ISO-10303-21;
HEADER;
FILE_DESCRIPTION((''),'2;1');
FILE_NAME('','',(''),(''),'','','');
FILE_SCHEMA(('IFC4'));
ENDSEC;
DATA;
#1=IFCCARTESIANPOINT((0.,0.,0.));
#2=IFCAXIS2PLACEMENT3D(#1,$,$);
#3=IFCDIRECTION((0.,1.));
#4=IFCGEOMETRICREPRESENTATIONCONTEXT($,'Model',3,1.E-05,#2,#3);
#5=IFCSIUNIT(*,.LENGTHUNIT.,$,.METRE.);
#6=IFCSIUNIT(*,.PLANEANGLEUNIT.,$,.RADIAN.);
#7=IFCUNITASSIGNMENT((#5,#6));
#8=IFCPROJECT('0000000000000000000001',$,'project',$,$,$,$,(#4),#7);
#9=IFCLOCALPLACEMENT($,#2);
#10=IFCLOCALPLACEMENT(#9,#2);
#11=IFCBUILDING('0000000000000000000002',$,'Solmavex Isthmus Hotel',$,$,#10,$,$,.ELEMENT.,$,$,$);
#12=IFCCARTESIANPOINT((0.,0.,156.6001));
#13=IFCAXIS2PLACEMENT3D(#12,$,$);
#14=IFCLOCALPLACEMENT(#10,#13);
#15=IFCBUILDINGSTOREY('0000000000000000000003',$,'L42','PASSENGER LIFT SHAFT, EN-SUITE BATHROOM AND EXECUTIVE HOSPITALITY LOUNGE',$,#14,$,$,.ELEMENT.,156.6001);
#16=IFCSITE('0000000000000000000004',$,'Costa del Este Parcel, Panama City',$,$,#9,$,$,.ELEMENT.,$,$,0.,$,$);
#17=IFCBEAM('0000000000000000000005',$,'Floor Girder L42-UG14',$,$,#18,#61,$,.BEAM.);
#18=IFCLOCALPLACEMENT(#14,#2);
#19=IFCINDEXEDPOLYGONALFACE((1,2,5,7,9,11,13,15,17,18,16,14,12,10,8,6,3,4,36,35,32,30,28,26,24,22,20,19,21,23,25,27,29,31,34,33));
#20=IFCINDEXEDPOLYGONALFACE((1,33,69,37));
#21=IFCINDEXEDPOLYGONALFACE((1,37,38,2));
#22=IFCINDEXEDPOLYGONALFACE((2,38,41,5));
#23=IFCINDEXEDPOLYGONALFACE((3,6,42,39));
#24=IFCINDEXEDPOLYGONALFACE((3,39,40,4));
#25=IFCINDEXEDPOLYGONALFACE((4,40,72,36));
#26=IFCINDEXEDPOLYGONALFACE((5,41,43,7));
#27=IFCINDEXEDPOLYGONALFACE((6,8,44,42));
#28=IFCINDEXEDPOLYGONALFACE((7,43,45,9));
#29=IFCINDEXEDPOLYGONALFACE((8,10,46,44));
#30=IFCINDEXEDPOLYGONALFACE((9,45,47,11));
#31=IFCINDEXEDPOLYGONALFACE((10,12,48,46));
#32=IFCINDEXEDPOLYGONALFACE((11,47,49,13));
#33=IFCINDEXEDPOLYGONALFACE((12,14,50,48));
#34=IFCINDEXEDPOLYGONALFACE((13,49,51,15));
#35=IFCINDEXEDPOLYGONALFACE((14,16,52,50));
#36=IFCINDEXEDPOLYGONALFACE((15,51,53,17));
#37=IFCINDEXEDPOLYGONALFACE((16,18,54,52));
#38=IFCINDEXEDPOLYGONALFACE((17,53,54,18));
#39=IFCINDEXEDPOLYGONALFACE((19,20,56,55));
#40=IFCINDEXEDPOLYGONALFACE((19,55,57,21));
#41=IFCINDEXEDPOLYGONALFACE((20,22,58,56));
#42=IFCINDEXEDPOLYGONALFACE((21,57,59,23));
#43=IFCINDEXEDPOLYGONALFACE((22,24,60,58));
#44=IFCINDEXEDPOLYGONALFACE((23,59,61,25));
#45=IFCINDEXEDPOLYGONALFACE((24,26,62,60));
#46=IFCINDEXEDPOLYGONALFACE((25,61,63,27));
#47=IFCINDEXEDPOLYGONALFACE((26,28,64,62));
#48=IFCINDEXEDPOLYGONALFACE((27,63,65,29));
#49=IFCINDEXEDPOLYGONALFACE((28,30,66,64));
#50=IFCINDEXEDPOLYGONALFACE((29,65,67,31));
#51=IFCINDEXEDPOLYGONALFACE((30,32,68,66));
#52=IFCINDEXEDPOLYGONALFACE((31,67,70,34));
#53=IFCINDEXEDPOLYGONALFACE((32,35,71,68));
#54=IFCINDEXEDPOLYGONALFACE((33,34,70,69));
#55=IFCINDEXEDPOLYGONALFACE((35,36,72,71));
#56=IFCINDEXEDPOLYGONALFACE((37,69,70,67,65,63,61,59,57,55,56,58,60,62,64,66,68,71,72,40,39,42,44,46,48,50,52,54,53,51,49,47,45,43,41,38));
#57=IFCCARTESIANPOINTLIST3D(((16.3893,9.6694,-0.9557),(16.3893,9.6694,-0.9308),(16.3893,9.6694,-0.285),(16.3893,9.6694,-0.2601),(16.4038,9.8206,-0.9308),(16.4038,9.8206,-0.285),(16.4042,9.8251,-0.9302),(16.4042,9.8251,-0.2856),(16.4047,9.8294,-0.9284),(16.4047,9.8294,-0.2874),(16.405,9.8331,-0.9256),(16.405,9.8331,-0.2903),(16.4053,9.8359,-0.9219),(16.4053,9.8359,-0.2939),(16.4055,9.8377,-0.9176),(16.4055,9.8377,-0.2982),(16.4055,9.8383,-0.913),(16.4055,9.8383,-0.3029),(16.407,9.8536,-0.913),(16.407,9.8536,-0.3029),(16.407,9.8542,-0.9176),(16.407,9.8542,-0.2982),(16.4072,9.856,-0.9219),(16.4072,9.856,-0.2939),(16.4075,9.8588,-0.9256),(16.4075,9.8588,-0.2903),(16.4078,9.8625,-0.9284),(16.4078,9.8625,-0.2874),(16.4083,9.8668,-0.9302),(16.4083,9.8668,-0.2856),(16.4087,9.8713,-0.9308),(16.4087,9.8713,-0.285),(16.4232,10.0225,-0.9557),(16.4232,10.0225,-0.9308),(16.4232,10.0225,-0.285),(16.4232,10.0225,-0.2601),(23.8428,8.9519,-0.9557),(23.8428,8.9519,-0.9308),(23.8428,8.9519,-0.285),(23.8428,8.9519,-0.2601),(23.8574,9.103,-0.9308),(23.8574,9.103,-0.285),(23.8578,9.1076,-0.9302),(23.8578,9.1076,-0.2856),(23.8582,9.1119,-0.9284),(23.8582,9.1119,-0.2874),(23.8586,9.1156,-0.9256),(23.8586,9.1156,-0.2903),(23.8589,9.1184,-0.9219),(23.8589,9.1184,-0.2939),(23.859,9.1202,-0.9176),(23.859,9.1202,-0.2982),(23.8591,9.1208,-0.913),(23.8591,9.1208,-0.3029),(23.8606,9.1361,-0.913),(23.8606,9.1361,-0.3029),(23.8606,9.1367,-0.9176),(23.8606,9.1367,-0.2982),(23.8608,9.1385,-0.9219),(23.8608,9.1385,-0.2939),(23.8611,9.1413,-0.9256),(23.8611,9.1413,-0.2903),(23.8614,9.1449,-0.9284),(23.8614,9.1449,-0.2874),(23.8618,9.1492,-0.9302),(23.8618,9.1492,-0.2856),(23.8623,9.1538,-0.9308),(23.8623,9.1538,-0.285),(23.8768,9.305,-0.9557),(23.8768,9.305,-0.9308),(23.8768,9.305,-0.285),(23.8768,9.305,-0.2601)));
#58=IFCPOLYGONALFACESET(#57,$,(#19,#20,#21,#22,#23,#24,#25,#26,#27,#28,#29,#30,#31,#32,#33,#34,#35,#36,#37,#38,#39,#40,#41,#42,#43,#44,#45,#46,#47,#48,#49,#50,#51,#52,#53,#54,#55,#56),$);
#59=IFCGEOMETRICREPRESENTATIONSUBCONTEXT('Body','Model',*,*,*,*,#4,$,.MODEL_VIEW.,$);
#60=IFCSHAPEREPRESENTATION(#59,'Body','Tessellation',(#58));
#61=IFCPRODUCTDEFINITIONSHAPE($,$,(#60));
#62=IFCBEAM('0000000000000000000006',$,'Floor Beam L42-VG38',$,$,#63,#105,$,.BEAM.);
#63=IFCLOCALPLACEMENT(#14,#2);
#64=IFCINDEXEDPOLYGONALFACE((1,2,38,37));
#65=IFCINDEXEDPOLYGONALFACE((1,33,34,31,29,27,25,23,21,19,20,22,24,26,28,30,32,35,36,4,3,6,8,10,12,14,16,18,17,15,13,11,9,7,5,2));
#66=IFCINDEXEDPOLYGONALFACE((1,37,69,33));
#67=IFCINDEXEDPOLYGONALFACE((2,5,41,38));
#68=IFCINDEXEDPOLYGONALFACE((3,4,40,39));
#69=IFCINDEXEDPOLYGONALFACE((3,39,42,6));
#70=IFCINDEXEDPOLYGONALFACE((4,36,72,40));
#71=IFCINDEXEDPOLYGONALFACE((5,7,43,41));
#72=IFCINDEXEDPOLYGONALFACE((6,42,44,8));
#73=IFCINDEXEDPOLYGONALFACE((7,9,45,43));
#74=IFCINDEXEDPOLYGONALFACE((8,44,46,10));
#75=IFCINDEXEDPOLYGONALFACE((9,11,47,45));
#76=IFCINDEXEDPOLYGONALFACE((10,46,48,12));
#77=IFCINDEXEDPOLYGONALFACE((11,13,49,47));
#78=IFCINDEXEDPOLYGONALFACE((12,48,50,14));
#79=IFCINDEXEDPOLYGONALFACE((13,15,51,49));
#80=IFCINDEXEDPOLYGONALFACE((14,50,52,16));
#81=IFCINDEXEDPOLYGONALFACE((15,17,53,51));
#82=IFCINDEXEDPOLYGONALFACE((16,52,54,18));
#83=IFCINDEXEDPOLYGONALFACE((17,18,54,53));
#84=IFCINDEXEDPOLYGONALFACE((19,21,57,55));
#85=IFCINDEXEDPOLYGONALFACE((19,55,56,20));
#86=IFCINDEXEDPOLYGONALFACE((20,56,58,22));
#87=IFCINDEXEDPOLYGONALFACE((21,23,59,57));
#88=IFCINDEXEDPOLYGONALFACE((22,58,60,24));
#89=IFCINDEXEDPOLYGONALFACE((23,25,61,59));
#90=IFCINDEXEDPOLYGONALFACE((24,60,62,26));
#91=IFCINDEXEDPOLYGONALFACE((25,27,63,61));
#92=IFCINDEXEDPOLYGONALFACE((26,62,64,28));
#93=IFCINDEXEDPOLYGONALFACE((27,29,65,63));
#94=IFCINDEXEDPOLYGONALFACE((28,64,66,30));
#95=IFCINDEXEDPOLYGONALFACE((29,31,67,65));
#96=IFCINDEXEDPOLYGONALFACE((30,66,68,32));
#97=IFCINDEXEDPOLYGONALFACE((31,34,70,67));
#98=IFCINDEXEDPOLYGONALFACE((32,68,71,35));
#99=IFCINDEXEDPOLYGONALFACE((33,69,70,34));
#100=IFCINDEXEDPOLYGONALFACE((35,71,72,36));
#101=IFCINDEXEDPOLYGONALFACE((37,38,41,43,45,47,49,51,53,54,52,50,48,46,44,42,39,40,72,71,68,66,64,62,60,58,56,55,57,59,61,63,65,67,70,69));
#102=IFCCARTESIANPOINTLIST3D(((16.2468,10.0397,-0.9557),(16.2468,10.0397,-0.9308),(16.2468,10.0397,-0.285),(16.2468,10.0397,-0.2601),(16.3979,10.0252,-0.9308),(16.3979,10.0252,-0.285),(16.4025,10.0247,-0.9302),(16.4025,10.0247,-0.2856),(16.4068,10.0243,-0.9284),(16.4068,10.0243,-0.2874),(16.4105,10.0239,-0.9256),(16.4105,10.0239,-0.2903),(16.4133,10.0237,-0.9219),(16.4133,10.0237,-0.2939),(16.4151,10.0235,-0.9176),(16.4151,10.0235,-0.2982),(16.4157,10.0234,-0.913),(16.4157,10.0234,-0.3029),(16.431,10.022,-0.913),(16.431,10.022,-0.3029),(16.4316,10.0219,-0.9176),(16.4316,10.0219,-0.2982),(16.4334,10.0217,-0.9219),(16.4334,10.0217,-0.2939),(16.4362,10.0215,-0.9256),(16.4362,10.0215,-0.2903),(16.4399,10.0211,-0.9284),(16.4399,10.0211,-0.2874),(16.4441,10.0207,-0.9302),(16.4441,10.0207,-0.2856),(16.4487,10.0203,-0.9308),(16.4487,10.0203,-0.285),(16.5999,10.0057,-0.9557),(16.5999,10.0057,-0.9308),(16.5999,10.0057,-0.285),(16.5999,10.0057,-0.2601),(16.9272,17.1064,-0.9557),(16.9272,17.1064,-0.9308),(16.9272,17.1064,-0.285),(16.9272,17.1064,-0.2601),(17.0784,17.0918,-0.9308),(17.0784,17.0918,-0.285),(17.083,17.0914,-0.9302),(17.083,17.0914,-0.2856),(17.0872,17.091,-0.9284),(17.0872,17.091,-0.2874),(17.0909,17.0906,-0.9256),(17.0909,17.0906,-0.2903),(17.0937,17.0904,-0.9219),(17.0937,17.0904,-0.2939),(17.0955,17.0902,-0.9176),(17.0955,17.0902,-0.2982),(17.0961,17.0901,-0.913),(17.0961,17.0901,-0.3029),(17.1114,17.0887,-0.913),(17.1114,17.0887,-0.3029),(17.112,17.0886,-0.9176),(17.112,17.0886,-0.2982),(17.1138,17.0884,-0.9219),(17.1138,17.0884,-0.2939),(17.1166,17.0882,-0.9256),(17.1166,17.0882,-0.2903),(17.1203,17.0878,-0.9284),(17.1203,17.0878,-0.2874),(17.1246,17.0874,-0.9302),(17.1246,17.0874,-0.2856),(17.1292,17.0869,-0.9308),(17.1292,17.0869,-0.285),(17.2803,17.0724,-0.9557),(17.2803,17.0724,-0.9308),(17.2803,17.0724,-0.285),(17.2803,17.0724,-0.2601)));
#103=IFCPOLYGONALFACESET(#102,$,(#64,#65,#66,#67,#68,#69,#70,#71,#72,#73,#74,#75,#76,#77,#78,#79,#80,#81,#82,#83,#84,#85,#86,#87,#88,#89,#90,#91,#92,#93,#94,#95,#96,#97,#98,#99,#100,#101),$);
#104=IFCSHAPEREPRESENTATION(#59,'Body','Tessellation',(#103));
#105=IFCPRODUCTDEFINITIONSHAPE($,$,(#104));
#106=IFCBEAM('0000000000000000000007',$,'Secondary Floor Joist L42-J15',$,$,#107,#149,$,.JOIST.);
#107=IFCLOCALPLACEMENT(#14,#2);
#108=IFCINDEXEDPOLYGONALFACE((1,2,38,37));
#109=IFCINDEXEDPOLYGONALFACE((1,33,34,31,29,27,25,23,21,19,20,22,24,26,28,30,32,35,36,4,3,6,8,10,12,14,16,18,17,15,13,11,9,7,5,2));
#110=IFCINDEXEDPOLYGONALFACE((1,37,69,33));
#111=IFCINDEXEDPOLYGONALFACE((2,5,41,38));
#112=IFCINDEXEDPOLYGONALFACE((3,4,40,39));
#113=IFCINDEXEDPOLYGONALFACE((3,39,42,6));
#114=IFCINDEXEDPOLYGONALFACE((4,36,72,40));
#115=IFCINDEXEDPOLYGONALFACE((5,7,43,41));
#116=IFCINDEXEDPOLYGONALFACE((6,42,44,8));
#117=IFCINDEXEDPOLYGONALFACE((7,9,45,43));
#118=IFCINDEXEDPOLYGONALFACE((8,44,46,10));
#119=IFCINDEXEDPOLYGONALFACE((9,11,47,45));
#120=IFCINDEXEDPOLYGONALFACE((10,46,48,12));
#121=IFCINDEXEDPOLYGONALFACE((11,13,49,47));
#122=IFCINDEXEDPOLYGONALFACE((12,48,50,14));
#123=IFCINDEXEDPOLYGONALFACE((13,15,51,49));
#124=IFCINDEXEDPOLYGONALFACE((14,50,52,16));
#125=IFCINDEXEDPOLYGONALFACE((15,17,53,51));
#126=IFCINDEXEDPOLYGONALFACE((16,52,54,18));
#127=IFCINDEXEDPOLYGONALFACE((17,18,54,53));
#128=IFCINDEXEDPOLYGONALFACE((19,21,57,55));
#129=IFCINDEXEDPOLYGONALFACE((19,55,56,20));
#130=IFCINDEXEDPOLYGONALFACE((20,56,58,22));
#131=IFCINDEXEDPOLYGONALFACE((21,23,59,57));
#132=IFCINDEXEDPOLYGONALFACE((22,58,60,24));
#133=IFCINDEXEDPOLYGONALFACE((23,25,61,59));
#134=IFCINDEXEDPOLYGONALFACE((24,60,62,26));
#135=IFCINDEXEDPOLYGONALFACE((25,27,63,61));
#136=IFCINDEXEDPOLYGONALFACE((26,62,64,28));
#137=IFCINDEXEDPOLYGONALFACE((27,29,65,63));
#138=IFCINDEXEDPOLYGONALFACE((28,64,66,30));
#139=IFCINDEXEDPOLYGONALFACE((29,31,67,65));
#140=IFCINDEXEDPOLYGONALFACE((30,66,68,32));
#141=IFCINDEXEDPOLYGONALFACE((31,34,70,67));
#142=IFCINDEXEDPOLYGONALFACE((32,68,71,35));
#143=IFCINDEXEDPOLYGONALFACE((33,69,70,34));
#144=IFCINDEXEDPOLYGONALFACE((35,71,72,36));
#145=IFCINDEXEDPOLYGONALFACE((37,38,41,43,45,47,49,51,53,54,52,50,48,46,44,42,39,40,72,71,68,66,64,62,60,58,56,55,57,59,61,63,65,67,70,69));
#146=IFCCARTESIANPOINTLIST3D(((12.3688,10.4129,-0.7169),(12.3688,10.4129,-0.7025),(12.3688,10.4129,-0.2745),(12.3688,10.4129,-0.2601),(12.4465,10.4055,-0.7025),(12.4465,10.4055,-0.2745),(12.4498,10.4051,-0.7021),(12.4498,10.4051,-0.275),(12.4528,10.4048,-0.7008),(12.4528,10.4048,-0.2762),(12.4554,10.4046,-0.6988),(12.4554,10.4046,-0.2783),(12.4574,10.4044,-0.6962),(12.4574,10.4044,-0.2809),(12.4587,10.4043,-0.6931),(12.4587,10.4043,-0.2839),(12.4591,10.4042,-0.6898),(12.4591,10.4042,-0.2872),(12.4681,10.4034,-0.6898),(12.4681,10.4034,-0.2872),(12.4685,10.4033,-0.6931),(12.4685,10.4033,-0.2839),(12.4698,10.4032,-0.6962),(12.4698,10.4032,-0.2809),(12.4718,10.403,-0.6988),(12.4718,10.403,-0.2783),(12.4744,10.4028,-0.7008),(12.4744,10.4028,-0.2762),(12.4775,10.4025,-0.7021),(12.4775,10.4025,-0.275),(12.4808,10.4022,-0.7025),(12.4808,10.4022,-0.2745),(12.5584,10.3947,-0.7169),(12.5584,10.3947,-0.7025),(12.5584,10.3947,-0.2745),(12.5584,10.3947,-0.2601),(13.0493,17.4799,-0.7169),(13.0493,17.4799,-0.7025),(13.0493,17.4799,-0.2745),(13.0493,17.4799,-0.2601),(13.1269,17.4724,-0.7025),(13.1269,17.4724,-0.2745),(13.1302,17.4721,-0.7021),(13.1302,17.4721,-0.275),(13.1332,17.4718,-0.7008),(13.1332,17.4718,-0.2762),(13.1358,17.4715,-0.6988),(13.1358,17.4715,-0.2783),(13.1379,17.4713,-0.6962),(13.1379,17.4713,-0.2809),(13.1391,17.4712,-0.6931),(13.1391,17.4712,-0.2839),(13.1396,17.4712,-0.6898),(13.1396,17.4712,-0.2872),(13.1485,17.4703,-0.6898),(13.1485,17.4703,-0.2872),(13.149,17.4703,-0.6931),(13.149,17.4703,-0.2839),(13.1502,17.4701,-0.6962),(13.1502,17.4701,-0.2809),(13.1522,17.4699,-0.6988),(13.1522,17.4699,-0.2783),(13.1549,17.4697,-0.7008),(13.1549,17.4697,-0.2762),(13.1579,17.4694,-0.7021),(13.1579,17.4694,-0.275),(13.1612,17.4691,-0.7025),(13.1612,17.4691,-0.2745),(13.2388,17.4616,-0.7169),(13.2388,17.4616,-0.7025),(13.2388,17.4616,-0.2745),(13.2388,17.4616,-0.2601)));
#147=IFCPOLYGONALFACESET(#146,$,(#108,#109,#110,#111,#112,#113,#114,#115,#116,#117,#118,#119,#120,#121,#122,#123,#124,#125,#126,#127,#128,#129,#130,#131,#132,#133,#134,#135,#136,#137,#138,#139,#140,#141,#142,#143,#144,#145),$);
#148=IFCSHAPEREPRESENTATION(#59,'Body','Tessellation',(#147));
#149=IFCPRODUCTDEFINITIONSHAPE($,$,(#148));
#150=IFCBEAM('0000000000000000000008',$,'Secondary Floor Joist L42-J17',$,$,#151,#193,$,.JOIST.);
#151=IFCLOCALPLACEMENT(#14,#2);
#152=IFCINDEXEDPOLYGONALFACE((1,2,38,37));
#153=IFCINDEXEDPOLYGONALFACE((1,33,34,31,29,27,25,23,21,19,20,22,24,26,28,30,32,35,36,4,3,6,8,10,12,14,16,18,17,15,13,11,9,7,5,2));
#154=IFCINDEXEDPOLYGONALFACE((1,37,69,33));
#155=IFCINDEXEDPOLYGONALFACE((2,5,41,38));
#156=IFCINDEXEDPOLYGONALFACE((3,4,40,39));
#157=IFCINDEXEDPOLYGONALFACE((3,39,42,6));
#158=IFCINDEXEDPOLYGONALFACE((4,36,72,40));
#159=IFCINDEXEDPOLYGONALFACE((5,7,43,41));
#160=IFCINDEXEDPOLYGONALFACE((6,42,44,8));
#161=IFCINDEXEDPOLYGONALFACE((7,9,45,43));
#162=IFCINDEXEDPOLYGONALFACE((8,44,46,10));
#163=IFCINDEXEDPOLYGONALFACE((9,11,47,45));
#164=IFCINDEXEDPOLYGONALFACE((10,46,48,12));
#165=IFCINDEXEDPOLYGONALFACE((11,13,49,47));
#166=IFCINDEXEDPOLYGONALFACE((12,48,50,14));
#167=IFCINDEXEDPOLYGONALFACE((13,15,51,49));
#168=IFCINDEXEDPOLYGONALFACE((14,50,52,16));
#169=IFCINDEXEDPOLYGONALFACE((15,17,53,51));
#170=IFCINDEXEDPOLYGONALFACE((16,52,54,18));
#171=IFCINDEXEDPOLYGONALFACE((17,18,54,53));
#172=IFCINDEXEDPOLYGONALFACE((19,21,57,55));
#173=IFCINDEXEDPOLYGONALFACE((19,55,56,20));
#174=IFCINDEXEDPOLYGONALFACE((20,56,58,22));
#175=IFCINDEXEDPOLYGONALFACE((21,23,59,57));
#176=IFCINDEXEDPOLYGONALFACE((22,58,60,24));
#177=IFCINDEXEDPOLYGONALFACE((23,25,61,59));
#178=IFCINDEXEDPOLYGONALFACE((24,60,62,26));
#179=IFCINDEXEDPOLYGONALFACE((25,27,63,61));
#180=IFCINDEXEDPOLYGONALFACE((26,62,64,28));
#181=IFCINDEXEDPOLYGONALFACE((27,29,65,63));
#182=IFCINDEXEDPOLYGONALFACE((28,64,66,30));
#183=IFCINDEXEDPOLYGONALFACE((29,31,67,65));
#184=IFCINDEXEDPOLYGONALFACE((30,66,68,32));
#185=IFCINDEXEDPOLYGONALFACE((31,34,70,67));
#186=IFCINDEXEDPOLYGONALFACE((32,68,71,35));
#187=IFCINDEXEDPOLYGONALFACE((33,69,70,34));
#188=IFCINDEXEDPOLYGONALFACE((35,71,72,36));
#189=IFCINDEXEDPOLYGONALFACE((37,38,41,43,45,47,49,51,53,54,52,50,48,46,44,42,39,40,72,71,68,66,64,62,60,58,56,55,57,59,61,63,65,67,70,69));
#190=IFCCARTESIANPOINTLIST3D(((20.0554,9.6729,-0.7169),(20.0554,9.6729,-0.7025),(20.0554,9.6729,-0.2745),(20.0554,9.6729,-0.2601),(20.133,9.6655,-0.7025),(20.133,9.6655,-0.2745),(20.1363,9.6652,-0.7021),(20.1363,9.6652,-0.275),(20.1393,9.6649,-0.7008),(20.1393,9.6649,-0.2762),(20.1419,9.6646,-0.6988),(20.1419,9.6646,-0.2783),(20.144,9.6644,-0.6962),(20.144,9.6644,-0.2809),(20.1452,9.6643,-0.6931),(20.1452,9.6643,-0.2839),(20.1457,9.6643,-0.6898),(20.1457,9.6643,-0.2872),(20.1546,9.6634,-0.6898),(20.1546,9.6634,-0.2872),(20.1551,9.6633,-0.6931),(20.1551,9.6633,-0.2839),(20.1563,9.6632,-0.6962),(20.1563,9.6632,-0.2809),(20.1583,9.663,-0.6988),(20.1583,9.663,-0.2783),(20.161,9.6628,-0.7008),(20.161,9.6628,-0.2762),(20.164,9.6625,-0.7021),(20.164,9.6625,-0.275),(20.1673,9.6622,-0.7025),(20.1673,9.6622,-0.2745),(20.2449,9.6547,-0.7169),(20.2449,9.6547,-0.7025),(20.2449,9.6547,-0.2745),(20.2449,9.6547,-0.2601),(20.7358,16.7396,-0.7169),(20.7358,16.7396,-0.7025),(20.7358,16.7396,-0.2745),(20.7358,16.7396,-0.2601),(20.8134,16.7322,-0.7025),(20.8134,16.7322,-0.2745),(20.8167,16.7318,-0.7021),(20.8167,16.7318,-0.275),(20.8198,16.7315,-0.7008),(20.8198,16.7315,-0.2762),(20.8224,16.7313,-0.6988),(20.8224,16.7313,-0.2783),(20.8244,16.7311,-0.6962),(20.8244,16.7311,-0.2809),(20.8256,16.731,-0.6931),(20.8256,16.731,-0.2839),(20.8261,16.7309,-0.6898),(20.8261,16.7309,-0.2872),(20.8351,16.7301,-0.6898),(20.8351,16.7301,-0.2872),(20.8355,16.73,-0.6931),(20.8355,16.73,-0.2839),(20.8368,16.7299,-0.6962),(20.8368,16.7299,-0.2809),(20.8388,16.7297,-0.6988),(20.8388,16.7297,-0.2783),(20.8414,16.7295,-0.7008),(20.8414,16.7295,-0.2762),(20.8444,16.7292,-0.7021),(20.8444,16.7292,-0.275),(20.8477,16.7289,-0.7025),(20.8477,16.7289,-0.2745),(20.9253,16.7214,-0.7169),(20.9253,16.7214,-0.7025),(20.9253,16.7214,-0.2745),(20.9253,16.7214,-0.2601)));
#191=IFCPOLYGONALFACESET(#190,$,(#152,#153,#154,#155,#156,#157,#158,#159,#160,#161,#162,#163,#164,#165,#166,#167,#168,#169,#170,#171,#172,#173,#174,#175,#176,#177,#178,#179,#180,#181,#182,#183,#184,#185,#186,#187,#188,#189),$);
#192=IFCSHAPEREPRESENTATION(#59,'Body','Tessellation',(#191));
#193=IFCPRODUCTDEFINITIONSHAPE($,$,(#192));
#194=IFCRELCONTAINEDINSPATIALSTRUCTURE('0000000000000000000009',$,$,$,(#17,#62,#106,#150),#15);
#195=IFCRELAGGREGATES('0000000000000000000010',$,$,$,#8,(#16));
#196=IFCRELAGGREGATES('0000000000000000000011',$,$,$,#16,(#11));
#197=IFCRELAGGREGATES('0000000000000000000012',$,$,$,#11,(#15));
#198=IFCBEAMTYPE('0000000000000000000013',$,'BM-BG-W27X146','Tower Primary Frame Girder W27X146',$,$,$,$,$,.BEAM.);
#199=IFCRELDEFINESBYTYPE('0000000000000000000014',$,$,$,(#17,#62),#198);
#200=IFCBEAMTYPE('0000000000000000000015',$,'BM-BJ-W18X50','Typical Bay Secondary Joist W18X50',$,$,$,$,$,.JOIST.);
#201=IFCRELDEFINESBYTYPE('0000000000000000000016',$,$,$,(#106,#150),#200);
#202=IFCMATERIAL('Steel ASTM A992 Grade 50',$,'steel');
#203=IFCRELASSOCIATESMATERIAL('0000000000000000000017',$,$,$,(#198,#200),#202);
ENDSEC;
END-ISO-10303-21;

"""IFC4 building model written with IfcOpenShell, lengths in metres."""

from ifc_helpers import new_model, si_unit, direction, frame, origin, origin_2d, place, context, subcontext, project, spatial, i_section, extrude, material, material_profile, profile_set, type_object, element, save


model = new_model("IFC4")

# Units and contexts
model_context = context("Model", 3, precision=1e-05, world=origin(), true_north=direction((0.0, 1.0)))
body_context = subcontext(model_context, "Body", "Model", "MODEL_VIEW")
ifc_project = project(units=[si_unit("LENGTHUNIT", "METRE"), si_unit("PLANEANGLEUNIT", "RADIAN")], contexts=[model_context])

# Site, building, storey
site_placement = place(None, origin())
site = spatial("IfcSite", under=ifc_project, at=site_placement, Name="Costa del Este Parcel, Panama City", CompositionType="ELEMENT", RefElevation=0.0)
building_placement = place(site_placement, origin())
building = spatial("IfcBuilding", under=site, at=building_placement, Name="Solmavex Isthmus Hotel", CompositionType="ELEMENT")
storey_placement = place(building_placement, frame((0.0, 0.0, 156.6001)))
storey = spatial("IfcBuildingStorey", under=building, at=storey_placement, Name="L42", Description="PASSENGER LIFT SHAFT, EN-SUITE BATHROOM AND EXECUTIVE HOSPITALITY LOUNGE", CompositionType="ELEMENT", Elevation=156.6001)

# Beams
ifc_material_1 = material(Name="Steel ASTM A992 Grade 50", Category="steel")
ifc_material_profile_1 = material_profile(ifc_material_1, i_section(OverallWidth=0.3547, OverallDepth=0.6956, WebThickness=0.0154, FlangeThickness=0.0249, FilletRadius=0.0178, at=origin_2d()), Name="W27X146")
ifc_profile_set_1 = profile_set([ifc_material_profile_1], Name="Steel ASTM A992 Grade 50")
beam_type_1 = type_object("IfcBeamType", Name="BM-BG-W27X146", Description="Tower Primary Frame Girder W27X146", PredefinedType="BEAM", material=ifc_profile_set_1)
beam_1_placement = place(storey_placement, frame((16.4062, 9.8459, -0.6079), z_axis=(0.995398, -0.095823, 0.0), x_axis=(0.095823, 0.995398, 0.0)))
element("IfcBeam", 1, at=beam_1_placement, inside=storey, type_object=beam_type_1, Name="Floor Girder L42-UG14", PredefinedType="BEAM", context=body_context, shape_type="SweptSolid", body=[
    extrude(i_section(OverallWidth=0.3547, OverallDepth=0.6956, WebThickness=0.0154, FlangeThickness=0.0249, FilletRadius=0.0178, at=origin_2d()), origin(), (0.0, 0.0, 1.0), 7.488),
])
beam_2_placement = place(storey_placement, frame((16.4233, 10.0227, -0.6079), z_axis=(0.095843, 0.995396, 0.0), x_axis=(-0.995396, 0.095843, 0.0)))
element("IfcBeam", 2, at=beam_2_placement, inside=storey, type_object=beam_type_1, Name="Floor Beam L42-VG38", PredefinedType="BEAM", context=body_context, shape_type="SweptSolid", body=[
    extrude(i_section(OverallWidth=0.3547, OverallDepth=0.6956, WebThickness=0.0154, FlangeThickness=0.0249, FilletRadius=0.0178, at=origin_2d()), origin(), (0.0, 0.0, 1.0), 7.0994),
])
ifc_material_profile_2 = material_profile(ifc_material_1, i_section(OverallWidth=0.1904, OverallDepth=0.4568, WebThickness=0.009, FlangeThickness=0.0144, FilletRadius=0.0127, at=origin_2d()), Name="W18X50")
ifc_profile_set_2 = profile_set([ifc_material_profile_2], Name="Steel ASTM A992 Grade 50")
beam_type_2 = type_object("IfcBeamType", Name="BM-BJ-W18X50", Description="Typical Bay Secondary Joist W18X50", PredefinedType="JOIST", material=ifc_profile_set_2)
beam_3_placement = place(storey_placement, frame((12.4636, 10.4038, -0.4885), z_axis=(0.09584, 0.995397, 0.0), x_axis=(-0.995397, 0.09584, 0.0)))
element("IfcBeam", 3, at=beam_3_placement, inside=storey, type_object=beam_type_2, Name="Secondary Floor Joist L42-J15", PredefinedType="JOIST", context=body_context, shape_type="SweptSolid", body=[
    extrude(i_section(OverallWidth=0.1904, OverallDepth=0.4568, WebThickness=0.009, FlangeThickness=0.0144, FilletRadius=0.0127, at=origin_2d()), origin(), (0.0, 0.0, 1.0), 7.0996),
])
beam_4_placement = place(storey_placement, frame((20.1501, 9.6638, -0.4885), z_axis=(0.095843, 0.995396, 0.0), x_axis=(-0.995396, 0.095843, 0.0)))
element("IfcBeam", 4, at=beam_4_placement, inside=storey, type_object=beam_type_2, Name="Secondary Floor Joist L42-J17", PredefinedType="JOIST", context=body_context, shape_type="SweptSolid", body=[
    extrude(i_section(OverallWidth=0.1904, OverallDepth=0.4568, WebThickness=0.009, FlangeThickness=0.0144, FilletRadius=0.0127, at=origin_2d()), origin(), (0.0, 0.0, 1.0), 7.0994),
])

save(model, "model.ifc")
